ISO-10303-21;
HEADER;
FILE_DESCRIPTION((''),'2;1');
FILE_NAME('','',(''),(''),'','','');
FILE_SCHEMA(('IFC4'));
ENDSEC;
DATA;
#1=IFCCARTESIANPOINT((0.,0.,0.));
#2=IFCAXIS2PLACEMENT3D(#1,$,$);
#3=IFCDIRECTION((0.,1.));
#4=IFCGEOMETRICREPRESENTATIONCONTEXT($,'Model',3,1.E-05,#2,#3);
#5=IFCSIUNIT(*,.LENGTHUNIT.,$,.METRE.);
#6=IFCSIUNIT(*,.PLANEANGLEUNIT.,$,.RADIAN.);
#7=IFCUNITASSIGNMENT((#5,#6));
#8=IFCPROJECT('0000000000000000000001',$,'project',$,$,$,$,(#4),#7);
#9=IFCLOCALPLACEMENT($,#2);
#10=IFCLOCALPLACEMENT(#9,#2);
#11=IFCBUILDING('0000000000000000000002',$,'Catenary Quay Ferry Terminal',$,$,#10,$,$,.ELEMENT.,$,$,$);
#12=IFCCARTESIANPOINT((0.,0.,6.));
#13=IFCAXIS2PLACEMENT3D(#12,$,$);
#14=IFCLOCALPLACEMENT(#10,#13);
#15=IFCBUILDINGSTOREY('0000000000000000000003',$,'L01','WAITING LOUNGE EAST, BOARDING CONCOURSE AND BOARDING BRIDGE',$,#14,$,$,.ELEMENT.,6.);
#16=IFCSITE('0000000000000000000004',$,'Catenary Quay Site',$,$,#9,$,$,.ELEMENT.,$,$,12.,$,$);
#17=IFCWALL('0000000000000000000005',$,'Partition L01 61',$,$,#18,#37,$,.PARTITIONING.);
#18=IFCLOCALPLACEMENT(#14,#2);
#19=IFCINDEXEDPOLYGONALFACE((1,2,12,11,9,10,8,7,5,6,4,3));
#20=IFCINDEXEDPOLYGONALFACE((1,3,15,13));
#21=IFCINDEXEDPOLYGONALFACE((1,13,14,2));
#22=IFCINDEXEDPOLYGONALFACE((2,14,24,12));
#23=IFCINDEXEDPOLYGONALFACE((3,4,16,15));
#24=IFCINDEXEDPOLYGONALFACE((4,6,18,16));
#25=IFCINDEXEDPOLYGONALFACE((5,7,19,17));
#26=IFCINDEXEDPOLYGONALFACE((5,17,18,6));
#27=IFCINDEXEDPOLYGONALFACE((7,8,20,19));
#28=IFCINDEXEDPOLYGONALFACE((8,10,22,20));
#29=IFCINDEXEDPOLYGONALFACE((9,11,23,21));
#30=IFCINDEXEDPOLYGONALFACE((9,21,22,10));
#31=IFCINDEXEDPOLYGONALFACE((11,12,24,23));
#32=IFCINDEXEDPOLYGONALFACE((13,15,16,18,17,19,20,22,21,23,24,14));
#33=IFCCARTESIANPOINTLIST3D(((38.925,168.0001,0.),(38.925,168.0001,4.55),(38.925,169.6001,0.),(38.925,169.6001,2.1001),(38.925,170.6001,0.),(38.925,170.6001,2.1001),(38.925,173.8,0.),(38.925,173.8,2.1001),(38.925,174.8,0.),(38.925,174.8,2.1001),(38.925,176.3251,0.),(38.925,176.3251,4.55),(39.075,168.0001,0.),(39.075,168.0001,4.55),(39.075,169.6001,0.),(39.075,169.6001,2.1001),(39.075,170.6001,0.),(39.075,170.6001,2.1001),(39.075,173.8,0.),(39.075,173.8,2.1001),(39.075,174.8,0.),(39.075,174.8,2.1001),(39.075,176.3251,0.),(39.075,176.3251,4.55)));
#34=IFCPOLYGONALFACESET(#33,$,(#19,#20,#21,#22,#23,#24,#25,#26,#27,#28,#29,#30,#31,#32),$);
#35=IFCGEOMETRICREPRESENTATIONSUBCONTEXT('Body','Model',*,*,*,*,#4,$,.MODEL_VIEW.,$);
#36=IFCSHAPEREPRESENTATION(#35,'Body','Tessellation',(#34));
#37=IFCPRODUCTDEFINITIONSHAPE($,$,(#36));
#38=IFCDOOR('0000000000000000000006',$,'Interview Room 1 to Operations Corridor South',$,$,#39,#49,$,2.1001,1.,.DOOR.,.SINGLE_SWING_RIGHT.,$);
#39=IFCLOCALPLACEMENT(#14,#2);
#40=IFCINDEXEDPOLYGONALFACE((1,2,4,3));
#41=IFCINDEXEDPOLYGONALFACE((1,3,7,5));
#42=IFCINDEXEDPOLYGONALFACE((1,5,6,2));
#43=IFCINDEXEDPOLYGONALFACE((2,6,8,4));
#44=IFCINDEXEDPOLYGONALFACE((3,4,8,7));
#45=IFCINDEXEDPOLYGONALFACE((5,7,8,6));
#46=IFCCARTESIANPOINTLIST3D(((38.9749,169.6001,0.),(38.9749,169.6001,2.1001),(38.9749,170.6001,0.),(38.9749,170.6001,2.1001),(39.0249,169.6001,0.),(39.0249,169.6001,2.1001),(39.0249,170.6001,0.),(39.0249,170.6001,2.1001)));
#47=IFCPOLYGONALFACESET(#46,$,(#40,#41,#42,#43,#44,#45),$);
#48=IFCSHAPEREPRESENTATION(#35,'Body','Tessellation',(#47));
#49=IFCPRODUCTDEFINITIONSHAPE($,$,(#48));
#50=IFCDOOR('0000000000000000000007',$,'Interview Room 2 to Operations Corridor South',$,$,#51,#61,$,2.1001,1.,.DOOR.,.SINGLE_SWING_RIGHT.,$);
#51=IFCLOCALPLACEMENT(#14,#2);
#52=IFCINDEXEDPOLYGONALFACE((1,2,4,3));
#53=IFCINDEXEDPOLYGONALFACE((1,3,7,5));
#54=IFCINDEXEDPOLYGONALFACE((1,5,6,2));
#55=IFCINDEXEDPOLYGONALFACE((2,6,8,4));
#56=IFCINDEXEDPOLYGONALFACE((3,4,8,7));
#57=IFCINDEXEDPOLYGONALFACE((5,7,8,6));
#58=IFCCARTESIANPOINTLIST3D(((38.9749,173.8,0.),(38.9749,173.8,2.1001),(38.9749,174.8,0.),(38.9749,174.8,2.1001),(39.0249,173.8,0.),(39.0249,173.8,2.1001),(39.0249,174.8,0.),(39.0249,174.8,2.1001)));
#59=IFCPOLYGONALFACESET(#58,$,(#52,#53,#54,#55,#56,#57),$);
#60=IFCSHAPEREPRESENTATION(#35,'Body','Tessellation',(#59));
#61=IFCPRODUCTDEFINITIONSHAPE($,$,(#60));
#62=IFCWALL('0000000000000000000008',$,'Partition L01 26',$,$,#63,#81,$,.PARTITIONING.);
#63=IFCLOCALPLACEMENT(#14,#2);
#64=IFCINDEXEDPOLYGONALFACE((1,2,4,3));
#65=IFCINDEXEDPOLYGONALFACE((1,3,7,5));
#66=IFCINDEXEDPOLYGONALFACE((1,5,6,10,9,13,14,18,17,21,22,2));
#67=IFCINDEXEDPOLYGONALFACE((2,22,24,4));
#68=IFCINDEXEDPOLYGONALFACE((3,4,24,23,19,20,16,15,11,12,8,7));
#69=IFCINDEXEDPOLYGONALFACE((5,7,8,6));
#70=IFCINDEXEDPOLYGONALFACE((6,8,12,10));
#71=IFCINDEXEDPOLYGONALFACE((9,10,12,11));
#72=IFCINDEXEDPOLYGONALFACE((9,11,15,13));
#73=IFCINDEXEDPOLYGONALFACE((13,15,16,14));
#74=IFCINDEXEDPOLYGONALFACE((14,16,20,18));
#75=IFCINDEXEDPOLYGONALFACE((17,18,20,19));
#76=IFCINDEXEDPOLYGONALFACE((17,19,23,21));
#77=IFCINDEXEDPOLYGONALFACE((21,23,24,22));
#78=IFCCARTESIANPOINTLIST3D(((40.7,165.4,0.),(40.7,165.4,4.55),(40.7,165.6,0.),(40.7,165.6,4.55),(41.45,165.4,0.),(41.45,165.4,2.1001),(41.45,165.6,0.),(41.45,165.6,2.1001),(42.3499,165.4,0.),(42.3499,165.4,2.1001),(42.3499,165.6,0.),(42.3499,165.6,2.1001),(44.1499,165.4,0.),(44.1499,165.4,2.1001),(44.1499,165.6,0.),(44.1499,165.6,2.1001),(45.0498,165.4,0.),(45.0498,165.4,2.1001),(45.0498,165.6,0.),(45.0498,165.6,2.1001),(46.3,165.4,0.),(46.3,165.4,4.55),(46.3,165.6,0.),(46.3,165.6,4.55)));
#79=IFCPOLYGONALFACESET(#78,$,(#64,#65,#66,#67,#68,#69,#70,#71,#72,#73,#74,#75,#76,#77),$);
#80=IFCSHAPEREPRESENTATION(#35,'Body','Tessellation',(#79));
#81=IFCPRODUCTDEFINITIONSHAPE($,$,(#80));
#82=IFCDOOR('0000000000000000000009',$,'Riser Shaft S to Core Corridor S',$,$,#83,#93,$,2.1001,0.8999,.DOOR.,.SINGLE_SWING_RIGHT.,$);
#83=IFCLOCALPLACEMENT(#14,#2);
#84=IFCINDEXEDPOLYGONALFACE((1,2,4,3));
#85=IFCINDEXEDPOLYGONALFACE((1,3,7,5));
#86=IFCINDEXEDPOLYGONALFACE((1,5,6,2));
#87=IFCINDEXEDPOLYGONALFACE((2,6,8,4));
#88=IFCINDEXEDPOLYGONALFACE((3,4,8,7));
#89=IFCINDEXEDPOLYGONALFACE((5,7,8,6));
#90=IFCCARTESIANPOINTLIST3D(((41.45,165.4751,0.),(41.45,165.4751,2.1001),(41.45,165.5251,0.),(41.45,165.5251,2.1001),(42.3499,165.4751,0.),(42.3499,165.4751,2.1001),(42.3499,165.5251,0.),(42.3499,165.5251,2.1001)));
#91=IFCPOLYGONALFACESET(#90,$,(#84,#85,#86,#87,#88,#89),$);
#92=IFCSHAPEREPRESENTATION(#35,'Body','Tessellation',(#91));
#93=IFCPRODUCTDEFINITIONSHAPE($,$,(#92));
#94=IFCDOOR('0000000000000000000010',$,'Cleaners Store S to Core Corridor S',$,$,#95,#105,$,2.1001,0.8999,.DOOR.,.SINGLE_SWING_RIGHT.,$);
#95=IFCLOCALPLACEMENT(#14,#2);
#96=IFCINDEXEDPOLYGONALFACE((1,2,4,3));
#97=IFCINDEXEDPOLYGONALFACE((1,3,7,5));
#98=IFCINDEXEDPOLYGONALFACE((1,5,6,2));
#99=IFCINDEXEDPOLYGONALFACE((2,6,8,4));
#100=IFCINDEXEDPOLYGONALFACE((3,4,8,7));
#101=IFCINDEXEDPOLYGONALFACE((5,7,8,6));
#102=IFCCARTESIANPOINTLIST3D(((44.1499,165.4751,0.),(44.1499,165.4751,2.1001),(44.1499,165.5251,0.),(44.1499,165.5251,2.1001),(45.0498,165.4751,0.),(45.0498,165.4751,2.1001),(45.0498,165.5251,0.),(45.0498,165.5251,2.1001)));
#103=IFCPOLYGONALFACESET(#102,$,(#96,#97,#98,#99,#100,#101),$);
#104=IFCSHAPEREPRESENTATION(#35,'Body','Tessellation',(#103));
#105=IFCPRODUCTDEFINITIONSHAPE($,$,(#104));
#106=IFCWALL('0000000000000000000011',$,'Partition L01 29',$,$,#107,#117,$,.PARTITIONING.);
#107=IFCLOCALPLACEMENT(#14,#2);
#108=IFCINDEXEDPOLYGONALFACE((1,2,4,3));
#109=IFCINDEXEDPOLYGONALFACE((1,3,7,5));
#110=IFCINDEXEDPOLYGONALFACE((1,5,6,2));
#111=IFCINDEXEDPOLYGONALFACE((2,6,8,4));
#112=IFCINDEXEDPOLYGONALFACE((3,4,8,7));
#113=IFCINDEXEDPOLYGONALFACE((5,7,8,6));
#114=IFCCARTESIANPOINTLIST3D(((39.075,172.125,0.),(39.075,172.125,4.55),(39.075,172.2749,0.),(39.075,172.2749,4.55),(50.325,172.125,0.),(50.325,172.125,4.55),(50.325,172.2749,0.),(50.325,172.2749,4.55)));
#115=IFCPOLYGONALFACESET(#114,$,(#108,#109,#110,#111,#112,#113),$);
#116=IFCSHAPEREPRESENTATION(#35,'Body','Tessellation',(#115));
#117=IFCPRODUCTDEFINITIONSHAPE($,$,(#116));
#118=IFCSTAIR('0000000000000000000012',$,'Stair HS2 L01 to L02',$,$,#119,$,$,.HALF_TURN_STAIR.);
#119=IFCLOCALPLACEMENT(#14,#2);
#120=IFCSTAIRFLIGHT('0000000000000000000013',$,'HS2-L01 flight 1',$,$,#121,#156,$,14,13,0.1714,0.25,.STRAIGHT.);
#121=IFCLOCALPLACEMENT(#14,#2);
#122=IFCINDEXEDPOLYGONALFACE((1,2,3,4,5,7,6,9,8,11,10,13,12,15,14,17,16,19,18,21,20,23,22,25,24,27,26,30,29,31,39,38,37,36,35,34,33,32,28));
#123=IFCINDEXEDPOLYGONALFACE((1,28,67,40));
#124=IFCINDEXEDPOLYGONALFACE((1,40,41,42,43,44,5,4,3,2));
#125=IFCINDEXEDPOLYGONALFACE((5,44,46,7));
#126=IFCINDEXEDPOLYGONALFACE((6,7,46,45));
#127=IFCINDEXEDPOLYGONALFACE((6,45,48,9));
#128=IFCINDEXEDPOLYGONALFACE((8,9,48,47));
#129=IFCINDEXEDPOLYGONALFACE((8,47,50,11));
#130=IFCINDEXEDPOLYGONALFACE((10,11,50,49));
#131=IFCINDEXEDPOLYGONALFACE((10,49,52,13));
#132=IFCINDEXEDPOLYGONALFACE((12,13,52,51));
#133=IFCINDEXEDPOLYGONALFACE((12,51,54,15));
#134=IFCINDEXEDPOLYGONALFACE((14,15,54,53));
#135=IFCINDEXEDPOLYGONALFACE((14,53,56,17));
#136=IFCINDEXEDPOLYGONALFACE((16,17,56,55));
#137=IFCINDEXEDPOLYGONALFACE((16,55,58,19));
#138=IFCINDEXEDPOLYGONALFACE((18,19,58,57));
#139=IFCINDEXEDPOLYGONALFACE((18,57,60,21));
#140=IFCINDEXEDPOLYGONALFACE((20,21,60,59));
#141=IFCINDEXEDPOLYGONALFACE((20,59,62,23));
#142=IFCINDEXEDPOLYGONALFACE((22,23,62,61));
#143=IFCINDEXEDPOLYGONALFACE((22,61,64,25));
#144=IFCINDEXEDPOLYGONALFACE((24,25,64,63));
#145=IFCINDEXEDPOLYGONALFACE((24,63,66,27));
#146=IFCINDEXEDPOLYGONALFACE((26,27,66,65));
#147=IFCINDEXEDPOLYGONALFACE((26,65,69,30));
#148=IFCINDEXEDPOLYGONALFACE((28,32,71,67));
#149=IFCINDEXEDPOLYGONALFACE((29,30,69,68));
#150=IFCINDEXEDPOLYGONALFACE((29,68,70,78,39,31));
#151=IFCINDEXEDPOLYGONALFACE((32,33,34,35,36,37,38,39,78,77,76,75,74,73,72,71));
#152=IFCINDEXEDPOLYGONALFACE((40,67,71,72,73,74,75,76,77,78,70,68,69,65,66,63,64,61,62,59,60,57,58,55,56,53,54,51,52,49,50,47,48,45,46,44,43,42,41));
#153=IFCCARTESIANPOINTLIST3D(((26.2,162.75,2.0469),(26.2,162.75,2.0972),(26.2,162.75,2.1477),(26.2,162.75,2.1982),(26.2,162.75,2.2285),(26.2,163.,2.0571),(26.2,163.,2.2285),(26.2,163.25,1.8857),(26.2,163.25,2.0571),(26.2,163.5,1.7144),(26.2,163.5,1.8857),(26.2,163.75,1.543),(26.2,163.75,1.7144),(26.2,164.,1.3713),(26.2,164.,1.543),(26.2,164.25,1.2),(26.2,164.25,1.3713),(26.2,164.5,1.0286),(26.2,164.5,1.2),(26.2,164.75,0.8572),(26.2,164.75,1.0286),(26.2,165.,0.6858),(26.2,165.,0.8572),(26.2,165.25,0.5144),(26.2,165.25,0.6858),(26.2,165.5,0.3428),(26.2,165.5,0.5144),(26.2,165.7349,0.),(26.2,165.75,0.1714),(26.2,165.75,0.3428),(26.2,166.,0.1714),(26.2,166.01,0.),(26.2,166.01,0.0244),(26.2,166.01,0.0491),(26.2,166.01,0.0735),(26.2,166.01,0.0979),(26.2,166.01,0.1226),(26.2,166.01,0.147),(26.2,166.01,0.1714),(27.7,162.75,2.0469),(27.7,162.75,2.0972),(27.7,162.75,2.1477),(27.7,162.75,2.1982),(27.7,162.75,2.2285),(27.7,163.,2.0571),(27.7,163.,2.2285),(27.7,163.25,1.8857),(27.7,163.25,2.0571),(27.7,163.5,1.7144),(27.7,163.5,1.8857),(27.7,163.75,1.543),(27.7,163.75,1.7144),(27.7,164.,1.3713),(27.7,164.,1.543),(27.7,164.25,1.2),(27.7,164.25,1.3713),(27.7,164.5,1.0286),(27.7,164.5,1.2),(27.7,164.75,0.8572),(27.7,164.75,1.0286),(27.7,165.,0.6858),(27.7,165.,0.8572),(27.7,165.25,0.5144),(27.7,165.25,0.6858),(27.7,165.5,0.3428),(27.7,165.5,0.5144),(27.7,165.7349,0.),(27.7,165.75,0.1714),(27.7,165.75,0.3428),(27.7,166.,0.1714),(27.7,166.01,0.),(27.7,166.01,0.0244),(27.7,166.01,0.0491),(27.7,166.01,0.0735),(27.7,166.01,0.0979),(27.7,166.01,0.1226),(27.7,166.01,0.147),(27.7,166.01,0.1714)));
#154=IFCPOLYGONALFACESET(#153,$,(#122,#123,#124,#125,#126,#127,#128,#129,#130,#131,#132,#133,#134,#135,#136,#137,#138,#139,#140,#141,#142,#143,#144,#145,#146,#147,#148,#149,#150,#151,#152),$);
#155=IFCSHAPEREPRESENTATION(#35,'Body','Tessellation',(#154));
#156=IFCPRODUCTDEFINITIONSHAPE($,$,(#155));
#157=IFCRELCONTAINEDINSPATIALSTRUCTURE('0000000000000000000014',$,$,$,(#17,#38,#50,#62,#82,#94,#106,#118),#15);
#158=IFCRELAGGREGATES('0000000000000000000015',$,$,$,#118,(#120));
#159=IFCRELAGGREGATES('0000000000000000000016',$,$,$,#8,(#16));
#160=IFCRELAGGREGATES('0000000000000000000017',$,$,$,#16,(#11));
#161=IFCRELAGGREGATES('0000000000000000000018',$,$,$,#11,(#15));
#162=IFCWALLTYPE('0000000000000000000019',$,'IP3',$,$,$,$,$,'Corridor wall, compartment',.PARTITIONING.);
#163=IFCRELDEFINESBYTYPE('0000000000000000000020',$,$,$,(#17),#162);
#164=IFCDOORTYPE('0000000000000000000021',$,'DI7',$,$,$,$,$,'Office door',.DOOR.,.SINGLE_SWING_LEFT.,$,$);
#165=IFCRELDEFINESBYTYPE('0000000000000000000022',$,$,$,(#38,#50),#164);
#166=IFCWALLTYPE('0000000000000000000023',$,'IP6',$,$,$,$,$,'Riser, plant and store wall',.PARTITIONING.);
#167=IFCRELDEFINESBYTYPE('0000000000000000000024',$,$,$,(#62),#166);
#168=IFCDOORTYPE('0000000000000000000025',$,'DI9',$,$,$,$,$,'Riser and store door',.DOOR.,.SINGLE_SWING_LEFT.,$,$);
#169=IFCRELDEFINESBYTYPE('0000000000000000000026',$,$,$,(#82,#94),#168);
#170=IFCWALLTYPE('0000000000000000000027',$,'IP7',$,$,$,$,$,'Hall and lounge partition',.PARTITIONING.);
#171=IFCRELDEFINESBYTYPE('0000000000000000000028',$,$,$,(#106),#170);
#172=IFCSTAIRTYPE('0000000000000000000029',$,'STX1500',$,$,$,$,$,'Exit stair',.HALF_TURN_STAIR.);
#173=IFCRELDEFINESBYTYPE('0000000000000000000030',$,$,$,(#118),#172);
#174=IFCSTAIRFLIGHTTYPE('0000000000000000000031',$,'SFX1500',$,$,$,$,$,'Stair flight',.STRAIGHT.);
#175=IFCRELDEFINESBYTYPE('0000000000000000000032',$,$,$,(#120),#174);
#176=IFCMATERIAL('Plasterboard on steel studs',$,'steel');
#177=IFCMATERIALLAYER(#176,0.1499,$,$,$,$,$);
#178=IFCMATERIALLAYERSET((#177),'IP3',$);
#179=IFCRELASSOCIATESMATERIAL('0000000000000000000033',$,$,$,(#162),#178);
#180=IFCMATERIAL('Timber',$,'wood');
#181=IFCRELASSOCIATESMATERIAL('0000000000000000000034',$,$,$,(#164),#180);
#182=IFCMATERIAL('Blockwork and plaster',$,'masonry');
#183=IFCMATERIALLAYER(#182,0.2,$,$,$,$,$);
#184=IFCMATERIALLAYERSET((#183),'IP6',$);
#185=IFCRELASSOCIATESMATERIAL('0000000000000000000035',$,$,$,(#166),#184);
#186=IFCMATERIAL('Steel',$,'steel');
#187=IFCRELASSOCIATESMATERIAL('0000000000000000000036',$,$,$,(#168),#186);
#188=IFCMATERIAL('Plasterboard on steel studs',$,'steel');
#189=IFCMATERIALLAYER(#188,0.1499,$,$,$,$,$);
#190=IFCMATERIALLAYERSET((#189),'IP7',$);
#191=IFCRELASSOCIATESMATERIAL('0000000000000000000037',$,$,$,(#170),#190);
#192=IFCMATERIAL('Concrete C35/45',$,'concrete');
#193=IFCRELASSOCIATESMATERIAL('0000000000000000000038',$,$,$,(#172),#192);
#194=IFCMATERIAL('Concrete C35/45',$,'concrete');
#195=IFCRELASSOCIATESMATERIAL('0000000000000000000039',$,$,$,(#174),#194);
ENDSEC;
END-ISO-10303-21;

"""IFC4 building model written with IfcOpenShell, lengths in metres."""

from ifc_helpers import new_model, si_unit, direction, frame, frame_2d, origin, place, context, subcontext, project, spatial, polyline, rectangle, outline, extrude, material, layer, layer_set, type_object, element, fill, aggregate, save


model = new_model("IFC4")

# Units and contexts
model_context = context("Model", 3, precision=1e-05, world=origin(), true_north=direction((0.0, 1.0)))
body_context = subcontext(model_context, "Body", "Model", "MODEL_VIEW")
ifc_project = project(units=[si_unit("LENGTHUNIT", "METRE"), si_unit("PLANEANGLEUNIT", "RADIAN")], contexts=[model_context])

# Site, building, storey
site_placement = place(None, origin())
site = spatial("IfcSite", under=ifc_project, at=site_placement, Name="Catenary Quay Site", CompositionType="ELEMENT", RefElevation=12.0)
building_placement = place(site_placement, origin())
building = spatial("IfcBuilding", under=site, at=building_placement, Name="Catenary Quay Ferry Terminal", CompositionType="ELEMENT")
storey_placement = place(building_placement, frame((0.0, 0.0, 6.0)))
storey = spatial("IfcBuildingStorey", under=building, at=storey_placement, Name="L01", Description="WAITING LOUNGE EAST, BOARDING CONCOURSE AND BOARDING BRIDGE", CompositionType="ELEMENT", Elevation=6.0)

# Walls, openings, doors
ifc_material_1 = material(Name="Plasterboard on steel studs", Category="steel")
ifc_layer_1 = layer(ifc_material_1, 0.1499)
ifc_layer_set_1 = layer_set([ifc_layer_1], Name="IP3")
wall_type_1 = type_object("IfcWallType", Name="IP3", ElementType="Corridor wall, compartment", PredefinedType="PARTITIONING", material=ifc_layer_set_1)
ifc_material_2 = material(Name="Timber", Category="wood")
door_type_1 = type_object("IfcDoorType", Name="DI7", ElementType="Office door", OperationType="SINGLE_SWING_LEFT", PredefinedType="DOOR", material=ifc_material_2)
wall_1_placement = place(storey_placement, frame((39.0, 168.0, 0.0), z_axis=(0.0, 0.0, 1.0), x_axis=(0.0, 1.0, 0.0)))
wall_1 = element("IfcWall", 1, at=wall_1_placement, inside=storey, type_object=wall_type_1, Name="Partition L01 61", PredefinedType="PARTITIONING", context=body_context, shape_type="SweptSolid", body=[
    extrude(rectangle(XDim=8.325, YDim=0.1499, at=frame_2d((4.1626, 0.0))), origin(), (0.0, 0.0, 1.0), 4.55),
])
opening_1_placement = place(wall_1_placement, frame((1.6001, 0.0, 0.0)))
opening_1 = element("IfcOpeningElement", 2, at=opening_1_placement, cuts=wall_1, PredefinedType="OPENING", context=body_context, shape_type="SweptSolid", body=[
    extrude(rectangle(XDim=1.0, YDim=2.1001, at=frame_2d((0.5, 1.05))), frame((0.0, 0.085, 0.0), z_axis=(0.0, -1.0, 0.0), x_axis=(1.0, 0.0, 0.0)), (0.0, 0.0, 1.0), 0.1699),
])
opening_2_placement = place(wall_1_placement, frame((5.8, 0.0, 0.0)))
opening_2 = element("IfcOpeningElement", 3, at=opening_2_placement, cuts=wall_1, PredefinedType="OPENING", context=body_context, shape_type="SweptSolid", body=[
    extrude(rectangle(XDim=1.0, YDim=2.1001, at=frame_2d((0.5, 1.05))), frame((0.0, 0.085, 0.0), z_axis=(0.0, -1.0, 0.0), x_axis=(1.0, 0.0, 0.0)), (0.0, 0.0, 1.0), 0.1699),
])
door_1_placement = place(opening_1_placement, frame((1.0, 0.0, 0.0), z_axis=(0.0, 0.0, 1.0), x_axis=(-1.0, 0.0, 0.0)))
door_1 = element("IfcDoor", 4, at=door_1_placement, inside=storey, type_object=door_type_1, Name="Interview Room 1 to Operations Corridor South", OperationType="SINGLE_SWING_RIGHT", OverallHeight=2.1001, OverallWidth=1.0, PredefinedType="DOOR", context=body_context, shape_type="SweptSolid", body=[
    extrude(rectangle(XDim=1.0, YDim=2.1001, at=frame_2d((0.5, 1.05))), frame((0.0, 0.0249, 0.0), z_axis=(0.0, -1.0, 0.0), x_axis=(1.0, 0.0, 0.0)), (0.0, 0.0, 1.0), 0.05),
])
fill(opening_1, door_1)
door_2_placement = place(opening_2_placement, frame((1.0, 0.0, 0.0), z_axis=(0.0, 0.0, 1.0), x_axis=(-1.0, 0.0, 0.0)))
door_2 = element("IfcDoor", 5, at=door_2_placement, inside=storey, type_object=door_type_1, Name="Interview Room 2 to Operations Corridor South", OperationType="SINGLE_SWING_RIGHT", OverallHeight=2.1001, OverallWidth=1.0, PredefinedType="DOOR", context=body_context, shape_type="SweptSolid", body=[
    extrude(rectangle(XDim=1.0, YDim=2.1001, at=frame_2d((0.5, 1.05))), frame((0.0, 0.0249, 0.0), z_axis=(0.0, -1.0, 0.0), x_axis=(1.0, 0.0, 0.0)), (0.0, 0.0, 1.0), 0.05),
])
fill(opening_2, door_2)
ifc_material_3 = material(Name="Blockwork and plaster", Category="masonry")
ifc_layer_2 = layer(ifc_material_3, 0.2)
ifc_layer_set_2 = layer_set([ifc_layer_2], Name="IP6")
wall_type_2 = type_object("IfcWallType", Name="IP6", ElementType="Riser, plant and store wall", PredefinedType="PARTITIONING", material=ifc_layer_set_2)
wall_2_placement = place(storey_placement, frame((40.7, 165.5, 0.0), z_axis=(0.0, 0.0, 1.0), x_axis=(1.0, 0.0, 0.0)))
wall_2 = element("IfcWall", 6, at=wall_2_placement, inside=storey, type_object=wall_type_2, Name="Partition L01 26", PredefinedType="PARTITIONING", context=body_context, shape_type="SweptSolid", body=[
    extrude(rectangle(XDim=5.6001, YDim=0.2, at=frame_2d((2.8, 0.0))), origin(), (0.0, 0.0, 1.0), 4.55),
])
opening_3_placement = place(wall_2_placement, frame((0.75, 0.0, 0.0)))
opening_3 = element("IfcOpeningElement", 7, at=opening_3_placement, cuts=wall_2, PredefinedType="OPENING", context=body_context, shape_type="SweptSolid", body=[
    extrude(rectangle(XDim=0.8999, YDim=2.1001, at=frame_2d((0.45, 1.05))), frame((0.0, 0.1099, 0.0), z_axis=(0.0, -1.0, 0.0), x_axis=(1.0, 0.0, 0.0)), (0.0, 0.0, 1.0), 0.22),
])
opening_4_placement = place(wall_2_placement, frame((3.45, 0.0, 0.0)))
opening_4 = element("IfcOpeningElement", 8, at=opening_4_placement, cuts=wall_2, PredefinedType="OPENING", context=body_context, shape_type="SweptSolid", body=[
    extrude(rectangle(XDim=0.8999, YDim=2.1001, at=frame_2d((0.45, 1.05))), frame((0.0, 0.1099, 0.0), z_axis=(0.0, -1.0, 0.0), x_axis=(1.0, 0.0, 0.0)), (0.0, 0.0, 1.0), 0.22),
])
ifc_material_4 = material(Name="Steel", Category="steel")
door_type_2 = type_object("IfcDoorType", Name="DI9", ElementType="Riser and store door", OperationType="SINGLE_SWING_LEFT", PredefinedType="DOOR", material=ifc_material_4)
door_3_placement = place(opening_3_placement, frame((0.8999, 0.0, 0.0), z_axis=(0.0, 0.0, 1.0), x_axis=(-1.0, 0.0, 0.0)))
door_3 = element("IfcDoor", 9, at=door_3_placement, inside=storey, type_object=door_type_2, Name="Riser Shaft S to Core Corridor S", OperationType="SINGLE_SWING_RIGHT", OverallHeight=2.1001, OverallWidth=0.8999, PredefinedType="DOOR", context=body_context, shape_type="SweptSolid", body=[
    extrude(rectangle(XDim=0.8999, YDim=2.1001, at=frame_2d((0.45, 1.05))), frame((0.0, 0.0249, 0.0), z_axis=(0.0, -1.0, 0.0), x_axis=(1.0, 0.0, 0.0)), (0.0, 0.0, 1.0), 0.05),
])
fill(opening_3, door_3)
door_4_placement = place(opening_4_placement, frame((0.8999, 0.0, 0.0), z_axis=(0.0, 0.0, 1.0), x_axis=(-1.0, 0.0, 0.0)))
door_4 = element("IfcDoor", 10, at=door_4_placement, inside=storey, type_object=door_type_2, Name="Cleaners Store S to Core Corridor S", OperationType="SINGLE_SWING_RIGHT", OverallHeight=2.1001, OverallWidth=0.8999, PredefinedType="DOOR", context=body_context, shape_type="SweptSolid", body=[
    extrude(rectangle(XDim=0.8999, YDim=2.1001, at=frame_2d((0.45, 1.05))), frame((0.0, 0.0249, 0.0), z_axis=(0.0, -1.0, 0.0), x_axis=(1.0, 0.0, 0.0)), (0.0, 0.0, 1.0), 0.05),
])
fill(opening_4, door_4)

# Wall
ifc_material_5 = material(Name="Plasterboard on steel studs", Category="steel")
ifc_layer_3 = layer(ifc_material_5, 0.1499)
ifc_layer_set_3 = layer_set([ifc_layer_3], Name="IP7")
wall_type_3 = type_object("IfcWallType", Name="IP7", ElementType="Hall and lounge partition", PredefinedType="PARTITIONING", material=ifc_layer_set_3)
wall_3_placement = place(storey_placement, frame((39.075, 172.2, 0.0), z_axis=(0.0, 0.0, 1.0), x_axis=(1.0, 0.0, 0.0)))
element("IfcWall", 11, at=wall_3_placement, inside=storey, type_object=wall_type_3, Name="Partition L01 29", PredefinedType="PARTITIONING", context=body_context, shape_type="SweptSolid", body=[
    extrude(rectangle(XDim=11.25, YDim=0.1499, at=frame_2d((5.625, 0.0))), origin(), (0.0, 0.0, 1.0), 4.55),
])

# Stair, stair flight
ifc_material_6 = material(Name="Concrete C35/45", Category="concrete")
stair_type = type_object("IfcStairType", Name="STX1500", ElementType="Exit stair", PredefinedType="HALF_TURN_STAIR", material=ifc_material_6)
stair_placement = place(storey_placement, origin())
stair = element("IfcStair", 12, at=stair_placement, inside=storey, type_object=stair_type, Name="Stair HS2 L01 to L02", PredefinedType="HALF_TURN_STAIR")
ifc_material_7 = material(Name="Concrete C35/45", Category="concrete")
stair_flight_type = type_object("IfcStairFlightType", Name="SFX1500", ElementType="Stair flight", PredefinedType="STRAIGHT", material=ifc_material_7)
stair_flight_placement = place(storey_placement, frame((26.95, 166.0, 0.0), z_axis=(0.0, 0.0, 1.0), x_axis=(0.0, -1.0, 0.0)))
stair_flight = element("IfcStairFlight", 13, at=stair_flight_placement, type_object=stair_flight_type, Name="HS2-L01 flight 1", NumberOfRisers=14, NumberOfTreads=13, PredefinedType="STRAIGHT", RiserHeight=0.1714, TreadLength=0.25, context=body_context, shape_type="SweptSolid", body=[
    extrude(outline(polyline([(-0.01, 0.0), (-0.01, 0.0244), (-0.01, 0.0491), (-0.01, 0.0735), (-0.01, 0.0979), (-0.01, 0.1226), (-0.01, 0.147), (-0.01, 0.1714), (0.0, 0.1714), (0.25, 0.1714), (0.25, 0.3428), (0.5, 0.3428), (0.5, 0.5144), (0.75, 0.5144), (0.75, 0.6858), (1.0, 0.6858), (1.0, 0.8572), (1.25, 0.8572), (1.25, 1.0286), (1.5, 1.0286), (1.5, 1.2), (1.75, 1.2), (1.75, 1.3713), (2.0, 1.3713), (2.0, 1.543), (2.25, 1.543), (2.25, 1.7144), (2.5, 1.7144), (2.5, 1.8857), (2.75, 1.8857), (2.75, 2.0571), (3.0, 2.0571), (3.0, 2.2285), (3.25, 2.2285), (3.25, 2.3999), (3.25, 2.3496), (3.25, 2.2991), (3.25, 2.2485), (3.25, 2.1982), (3.25, 2.1477), (3.25, 2.0972), (3.25, 2.0469), (0.2651, 0.0), (-0.01, 0.0)])), frame((0.0, 0.75, 0.0), z_axis=(0.0, -1.0, 0.0), x_axis=(1.0, 0.0, 0.0)), (0.0, 0.0, 1.0), 1.5),
])
aggregate(stair, [stair_flight])

save(model, "model.ifc")
